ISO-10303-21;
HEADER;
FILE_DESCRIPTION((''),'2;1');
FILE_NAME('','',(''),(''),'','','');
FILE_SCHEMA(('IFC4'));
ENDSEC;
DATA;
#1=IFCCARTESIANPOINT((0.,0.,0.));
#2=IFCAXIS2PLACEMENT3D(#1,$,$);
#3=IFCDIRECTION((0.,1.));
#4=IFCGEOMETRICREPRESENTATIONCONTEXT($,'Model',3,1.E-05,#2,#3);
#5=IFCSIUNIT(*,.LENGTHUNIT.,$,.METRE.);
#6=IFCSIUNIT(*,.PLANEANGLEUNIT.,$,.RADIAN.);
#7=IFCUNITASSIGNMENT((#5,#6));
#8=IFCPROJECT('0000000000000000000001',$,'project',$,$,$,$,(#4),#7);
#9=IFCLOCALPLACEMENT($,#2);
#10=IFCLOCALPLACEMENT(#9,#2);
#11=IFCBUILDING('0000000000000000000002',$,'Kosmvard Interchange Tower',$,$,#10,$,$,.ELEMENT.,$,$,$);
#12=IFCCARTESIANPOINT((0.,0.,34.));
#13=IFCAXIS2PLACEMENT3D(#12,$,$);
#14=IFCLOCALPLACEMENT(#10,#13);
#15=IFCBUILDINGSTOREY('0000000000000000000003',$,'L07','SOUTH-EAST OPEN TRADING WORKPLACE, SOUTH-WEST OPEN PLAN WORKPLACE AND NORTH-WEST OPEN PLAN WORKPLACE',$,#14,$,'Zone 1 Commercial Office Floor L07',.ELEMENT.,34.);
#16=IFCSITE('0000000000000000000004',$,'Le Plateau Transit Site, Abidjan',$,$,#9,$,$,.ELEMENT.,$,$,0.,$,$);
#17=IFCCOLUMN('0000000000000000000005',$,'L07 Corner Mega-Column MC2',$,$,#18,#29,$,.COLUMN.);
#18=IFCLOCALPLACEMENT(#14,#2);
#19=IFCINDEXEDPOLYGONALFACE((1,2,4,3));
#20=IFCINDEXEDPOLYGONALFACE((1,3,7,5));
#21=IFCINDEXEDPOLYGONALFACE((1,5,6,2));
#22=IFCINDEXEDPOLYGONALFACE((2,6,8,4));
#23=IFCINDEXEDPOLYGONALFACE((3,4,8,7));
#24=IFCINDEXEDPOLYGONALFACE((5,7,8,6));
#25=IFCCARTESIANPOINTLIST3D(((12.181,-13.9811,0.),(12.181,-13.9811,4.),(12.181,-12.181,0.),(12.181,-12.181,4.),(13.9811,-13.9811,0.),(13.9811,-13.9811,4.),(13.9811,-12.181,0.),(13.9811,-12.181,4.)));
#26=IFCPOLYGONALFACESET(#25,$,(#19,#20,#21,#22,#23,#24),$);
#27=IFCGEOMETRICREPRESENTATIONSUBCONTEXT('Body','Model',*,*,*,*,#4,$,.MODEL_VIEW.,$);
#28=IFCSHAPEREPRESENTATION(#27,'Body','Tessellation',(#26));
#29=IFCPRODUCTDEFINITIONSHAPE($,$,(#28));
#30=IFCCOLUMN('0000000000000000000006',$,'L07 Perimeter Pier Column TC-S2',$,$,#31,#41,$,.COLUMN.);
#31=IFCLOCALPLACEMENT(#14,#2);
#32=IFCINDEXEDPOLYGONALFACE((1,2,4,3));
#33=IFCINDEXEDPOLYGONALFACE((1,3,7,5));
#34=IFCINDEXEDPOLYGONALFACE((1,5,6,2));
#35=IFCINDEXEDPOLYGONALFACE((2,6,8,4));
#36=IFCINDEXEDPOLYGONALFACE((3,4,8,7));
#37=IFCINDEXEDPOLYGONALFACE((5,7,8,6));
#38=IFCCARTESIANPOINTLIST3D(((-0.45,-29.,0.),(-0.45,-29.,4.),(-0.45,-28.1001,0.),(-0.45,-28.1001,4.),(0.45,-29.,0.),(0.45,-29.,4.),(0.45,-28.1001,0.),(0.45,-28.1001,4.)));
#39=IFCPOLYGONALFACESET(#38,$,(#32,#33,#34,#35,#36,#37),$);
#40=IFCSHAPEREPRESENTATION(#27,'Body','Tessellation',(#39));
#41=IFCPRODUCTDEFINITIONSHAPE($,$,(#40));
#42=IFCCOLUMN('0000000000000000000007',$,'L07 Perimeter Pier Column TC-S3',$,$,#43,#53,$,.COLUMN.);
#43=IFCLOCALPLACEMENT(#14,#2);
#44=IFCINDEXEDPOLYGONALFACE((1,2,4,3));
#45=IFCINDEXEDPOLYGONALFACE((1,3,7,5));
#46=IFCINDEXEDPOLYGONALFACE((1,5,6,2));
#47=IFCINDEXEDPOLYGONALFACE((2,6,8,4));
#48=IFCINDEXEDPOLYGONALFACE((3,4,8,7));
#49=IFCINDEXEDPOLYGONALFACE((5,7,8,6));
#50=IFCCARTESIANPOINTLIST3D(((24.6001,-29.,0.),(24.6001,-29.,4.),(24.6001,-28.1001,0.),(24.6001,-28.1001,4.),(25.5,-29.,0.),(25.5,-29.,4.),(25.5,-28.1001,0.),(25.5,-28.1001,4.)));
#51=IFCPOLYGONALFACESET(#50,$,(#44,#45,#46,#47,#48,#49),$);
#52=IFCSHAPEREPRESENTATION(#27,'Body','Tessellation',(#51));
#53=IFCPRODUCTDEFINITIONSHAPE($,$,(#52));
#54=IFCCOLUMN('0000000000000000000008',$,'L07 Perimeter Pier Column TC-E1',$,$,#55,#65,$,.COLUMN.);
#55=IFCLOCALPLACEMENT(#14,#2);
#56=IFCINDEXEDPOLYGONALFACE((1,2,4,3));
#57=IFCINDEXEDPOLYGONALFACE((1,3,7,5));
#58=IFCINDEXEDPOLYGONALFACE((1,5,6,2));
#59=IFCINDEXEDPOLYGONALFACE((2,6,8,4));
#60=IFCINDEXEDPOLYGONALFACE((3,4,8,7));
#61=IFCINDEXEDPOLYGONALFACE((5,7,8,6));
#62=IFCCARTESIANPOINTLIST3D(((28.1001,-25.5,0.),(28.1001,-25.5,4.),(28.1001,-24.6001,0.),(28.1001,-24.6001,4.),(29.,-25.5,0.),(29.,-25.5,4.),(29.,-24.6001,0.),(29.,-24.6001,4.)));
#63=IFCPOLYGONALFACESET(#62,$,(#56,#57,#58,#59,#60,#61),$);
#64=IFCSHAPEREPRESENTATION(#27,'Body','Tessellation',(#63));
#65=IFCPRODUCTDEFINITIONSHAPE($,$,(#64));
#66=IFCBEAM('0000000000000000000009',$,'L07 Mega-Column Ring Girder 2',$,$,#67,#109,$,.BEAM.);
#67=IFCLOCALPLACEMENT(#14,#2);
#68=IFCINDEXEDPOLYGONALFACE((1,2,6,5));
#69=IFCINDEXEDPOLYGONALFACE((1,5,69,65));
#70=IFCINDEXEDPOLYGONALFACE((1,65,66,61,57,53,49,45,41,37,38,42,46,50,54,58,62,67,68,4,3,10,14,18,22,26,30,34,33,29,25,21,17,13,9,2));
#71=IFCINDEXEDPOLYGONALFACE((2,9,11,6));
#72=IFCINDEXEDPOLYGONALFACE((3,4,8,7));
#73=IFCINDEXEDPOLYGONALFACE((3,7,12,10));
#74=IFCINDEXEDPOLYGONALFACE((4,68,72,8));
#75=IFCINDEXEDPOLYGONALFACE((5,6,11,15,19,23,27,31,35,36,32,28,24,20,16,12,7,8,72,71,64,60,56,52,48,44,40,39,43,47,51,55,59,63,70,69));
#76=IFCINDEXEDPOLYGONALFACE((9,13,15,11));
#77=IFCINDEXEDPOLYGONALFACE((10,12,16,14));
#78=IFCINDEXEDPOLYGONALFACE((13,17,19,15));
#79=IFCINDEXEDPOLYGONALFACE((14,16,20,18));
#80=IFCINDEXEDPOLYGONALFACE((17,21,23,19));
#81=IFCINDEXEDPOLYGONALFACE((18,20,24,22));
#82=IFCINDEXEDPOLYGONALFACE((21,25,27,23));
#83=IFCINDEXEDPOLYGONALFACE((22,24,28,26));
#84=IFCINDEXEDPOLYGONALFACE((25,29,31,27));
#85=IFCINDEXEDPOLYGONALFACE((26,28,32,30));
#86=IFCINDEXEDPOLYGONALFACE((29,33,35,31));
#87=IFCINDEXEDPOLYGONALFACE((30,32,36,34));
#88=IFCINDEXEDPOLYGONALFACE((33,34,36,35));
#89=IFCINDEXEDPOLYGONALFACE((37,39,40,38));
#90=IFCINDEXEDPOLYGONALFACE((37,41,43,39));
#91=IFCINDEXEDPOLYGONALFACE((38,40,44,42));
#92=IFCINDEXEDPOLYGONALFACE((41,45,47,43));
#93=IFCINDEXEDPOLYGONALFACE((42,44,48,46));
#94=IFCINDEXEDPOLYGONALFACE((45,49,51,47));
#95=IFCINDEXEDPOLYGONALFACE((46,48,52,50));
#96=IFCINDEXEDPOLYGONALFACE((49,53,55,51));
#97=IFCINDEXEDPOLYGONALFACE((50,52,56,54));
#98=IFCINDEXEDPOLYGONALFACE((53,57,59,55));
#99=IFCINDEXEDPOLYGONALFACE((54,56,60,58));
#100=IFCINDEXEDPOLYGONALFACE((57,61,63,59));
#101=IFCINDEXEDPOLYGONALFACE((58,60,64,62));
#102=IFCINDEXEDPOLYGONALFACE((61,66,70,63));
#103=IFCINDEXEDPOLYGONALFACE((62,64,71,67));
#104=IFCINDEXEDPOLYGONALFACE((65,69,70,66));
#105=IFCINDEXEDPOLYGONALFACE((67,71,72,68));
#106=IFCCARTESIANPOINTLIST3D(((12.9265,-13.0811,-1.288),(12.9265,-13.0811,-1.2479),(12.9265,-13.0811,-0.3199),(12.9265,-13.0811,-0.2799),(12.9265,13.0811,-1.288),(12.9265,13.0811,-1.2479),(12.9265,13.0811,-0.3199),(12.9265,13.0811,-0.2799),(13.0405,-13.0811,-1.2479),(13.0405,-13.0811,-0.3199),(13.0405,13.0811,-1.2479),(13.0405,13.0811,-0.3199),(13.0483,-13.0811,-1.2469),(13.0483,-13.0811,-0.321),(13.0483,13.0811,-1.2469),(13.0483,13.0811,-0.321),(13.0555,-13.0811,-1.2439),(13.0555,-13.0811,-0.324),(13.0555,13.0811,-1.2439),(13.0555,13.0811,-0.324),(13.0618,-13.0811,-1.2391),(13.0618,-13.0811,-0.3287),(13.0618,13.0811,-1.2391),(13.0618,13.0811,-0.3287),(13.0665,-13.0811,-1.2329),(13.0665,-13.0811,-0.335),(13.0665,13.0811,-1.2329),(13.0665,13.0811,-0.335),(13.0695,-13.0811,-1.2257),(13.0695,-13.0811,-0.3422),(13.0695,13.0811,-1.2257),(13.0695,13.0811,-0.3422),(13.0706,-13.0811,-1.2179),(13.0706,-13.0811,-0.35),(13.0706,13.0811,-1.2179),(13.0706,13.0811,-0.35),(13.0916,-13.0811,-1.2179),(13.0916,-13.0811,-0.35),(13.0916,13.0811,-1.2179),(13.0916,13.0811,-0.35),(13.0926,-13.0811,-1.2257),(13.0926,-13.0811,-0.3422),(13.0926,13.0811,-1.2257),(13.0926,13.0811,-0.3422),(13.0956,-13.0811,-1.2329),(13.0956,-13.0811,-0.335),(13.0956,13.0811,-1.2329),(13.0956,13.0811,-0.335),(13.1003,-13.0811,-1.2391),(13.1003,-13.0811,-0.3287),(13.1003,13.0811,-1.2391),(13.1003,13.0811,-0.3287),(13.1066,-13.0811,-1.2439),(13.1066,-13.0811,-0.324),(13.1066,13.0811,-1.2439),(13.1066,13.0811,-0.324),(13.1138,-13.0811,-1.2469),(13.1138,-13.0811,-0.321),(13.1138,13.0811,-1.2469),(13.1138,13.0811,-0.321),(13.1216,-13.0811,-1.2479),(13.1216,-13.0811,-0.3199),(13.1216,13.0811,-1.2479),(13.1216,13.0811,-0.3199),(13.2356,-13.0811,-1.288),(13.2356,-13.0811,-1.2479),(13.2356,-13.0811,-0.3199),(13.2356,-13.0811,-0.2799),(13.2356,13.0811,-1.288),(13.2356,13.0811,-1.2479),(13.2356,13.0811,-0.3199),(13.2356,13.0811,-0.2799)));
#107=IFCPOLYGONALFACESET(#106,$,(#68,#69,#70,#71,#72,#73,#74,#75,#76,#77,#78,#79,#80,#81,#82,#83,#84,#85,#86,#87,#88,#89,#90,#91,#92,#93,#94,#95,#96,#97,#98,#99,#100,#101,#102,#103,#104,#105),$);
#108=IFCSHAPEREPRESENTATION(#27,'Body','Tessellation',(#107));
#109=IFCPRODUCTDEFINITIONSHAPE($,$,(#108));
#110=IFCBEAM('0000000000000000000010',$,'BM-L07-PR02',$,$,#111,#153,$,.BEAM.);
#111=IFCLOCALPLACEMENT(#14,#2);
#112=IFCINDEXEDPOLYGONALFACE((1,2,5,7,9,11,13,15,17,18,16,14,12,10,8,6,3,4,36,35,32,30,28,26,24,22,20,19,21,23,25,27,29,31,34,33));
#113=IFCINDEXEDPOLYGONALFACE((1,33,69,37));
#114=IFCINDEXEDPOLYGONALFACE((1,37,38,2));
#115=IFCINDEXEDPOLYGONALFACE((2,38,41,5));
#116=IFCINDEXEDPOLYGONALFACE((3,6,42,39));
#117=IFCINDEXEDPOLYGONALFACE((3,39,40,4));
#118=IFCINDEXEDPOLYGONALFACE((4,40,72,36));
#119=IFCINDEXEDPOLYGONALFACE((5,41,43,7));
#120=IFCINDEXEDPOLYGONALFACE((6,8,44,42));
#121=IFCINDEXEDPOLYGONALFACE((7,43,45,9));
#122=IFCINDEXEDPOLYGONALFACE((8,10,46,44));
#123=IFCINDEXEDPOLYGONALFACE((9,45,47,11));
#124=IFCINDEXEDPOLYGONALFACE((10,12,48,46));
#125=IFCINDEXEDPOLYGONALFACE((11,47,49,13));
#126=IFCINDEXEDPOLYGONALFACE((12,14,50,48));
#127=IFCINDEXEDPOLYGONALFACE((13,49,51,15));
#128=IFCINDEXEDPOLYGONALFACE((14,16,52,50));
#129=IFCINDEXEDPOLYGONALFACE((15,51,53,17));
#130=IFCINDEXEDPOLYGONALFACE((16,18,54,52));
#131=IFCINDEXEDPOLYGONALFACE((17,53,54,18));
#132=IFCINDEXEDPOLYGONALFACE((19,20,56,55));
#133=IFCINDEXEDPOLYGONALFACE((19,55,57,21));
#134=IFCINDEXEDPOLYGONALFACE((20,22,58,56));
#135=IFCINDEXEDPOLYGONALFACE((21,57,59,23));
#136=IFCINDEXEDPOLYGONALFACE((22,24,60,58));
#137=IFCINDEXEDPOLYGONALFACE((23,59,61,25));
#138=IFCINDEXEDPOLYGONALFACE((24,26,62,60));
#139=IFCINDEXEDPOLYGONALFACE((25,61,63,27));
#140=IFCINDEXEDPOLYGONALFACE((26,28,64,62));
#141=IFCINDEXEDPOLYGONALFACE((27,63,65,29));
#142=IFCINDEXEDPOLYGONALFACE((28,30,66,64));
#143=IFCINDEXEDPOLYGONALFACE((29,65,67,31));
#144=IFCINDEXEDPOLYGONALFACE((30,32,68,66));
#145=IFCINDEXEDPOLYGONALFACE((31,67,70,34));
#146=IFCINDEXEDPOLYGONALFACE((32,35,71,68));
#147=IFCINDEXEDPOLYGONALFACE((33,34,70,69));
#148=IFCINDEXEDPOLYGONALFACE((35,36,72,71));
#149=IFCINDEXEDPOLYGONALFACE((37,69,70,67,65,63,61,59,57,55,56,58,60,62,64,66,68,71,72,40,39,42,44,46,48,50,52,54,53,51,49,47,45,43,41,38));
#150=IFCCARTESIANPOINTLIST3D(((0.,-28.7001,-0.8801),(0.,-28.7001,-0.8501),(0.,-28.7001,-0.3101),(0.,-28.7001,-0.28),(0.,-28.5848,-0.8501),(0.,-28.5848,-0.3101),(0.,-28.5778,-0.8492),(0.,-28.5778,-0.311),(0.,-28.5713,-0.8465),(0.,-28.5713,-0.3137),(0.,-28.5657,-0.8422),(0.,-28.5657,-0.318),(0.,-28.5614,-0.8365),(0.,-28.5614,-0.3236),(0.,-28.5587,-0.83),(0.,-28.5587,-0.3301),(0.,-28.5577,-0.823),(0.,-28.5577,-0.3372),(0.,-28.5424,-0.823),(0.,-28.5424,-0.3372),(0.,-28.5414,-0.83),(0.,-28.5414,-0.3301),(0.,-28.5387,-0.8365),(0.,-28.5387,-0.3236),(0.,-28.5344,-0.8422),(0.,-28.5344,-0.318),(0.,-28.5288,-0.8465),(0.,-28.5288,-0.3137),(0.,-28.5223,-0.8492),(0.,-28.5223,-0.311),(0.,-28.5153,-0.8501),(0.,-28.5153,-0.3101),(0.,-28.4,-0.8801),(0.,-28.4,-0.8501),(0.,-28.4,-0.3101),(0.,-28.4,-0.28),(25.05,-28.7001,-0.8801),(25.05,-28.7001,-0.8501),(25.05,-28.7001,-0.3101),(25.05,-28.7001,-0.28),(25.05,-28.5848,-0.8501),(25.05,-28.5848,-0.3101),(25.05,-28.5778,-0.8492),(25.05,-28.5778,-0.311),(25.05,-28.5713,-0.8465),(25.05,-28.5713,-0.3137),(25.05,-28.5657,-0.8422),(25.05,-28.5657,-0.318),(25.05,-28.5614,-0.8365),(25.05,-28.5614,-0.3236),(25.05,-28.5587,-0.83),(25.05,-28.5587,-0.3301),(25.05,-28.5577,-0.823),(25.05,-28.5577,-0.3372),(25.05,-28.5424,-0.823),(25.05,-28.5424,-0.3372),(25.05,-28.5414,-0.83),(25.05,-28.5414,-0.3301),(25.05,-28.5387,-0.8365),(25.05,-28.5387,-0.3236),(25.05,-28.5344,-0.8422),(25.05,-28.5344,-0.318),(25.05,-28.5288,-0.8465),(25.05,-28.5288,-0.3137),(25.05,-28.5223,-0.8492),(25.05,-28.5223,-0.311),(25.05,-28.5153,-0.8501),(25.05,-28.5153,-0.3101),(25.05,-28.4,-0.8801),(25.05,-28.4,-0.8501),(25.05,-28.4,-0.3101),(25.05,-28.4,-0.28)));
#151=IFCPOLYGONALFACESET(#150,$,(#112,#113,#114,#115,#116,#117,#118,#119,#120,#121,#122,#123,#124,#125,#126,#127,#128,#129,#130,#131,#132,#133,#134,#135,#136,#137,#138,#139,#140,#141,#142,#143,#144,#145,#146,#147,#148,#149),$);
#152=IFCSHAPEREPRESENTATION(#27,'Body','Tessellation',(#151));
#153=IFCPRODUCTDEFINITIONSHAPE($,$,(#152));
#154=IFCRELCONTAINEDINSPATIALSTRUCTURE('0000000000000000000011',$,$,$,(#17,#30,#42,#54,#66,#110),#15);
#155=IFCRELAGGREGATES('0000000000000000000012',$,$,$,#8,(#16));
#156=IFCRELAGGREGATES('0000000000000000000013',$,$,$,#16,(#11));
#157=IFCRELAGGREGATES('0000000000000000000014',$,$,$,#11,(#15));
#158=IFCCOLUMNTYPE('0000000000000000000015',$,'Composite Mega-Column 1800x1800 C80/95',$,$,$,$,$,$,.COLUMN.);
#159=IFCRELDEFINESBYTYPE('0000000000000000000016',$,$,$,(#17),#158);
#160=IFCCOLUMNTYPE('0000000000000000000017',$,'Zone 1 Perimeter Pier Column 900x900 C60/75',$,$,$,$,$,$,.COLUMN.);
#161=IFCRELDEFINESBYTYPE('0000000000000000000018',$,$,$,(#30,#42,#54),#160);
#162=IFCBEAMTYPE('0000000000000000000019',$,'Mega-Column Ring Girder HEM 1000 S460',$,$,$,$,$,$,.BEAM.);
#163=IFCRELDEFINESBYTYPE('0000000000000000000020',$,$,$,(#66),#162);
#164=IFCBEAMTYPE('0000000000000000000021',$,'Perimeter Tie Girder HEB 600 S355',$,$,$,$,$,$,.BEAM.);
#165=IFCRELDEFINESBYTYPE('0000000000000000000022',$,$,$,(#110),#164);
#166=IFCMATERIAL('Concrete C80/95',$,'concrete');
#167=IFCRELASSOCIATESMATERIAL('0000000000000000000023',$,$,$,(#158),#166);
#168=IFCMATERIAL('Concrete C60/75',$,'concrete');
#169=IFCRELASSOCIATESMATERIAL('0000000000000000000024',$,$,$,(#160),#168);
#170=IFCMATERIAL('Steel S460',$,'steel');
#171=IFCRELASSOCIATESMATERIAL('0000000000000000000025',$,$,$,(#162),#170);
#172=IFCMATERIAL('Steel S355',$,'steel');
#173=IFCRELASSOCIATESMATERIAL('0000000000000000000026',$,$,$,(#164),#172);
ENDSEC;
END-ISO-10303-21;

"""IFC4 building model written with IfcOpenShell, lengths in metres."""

from ifc_helpers import new_model, si_unit, direction, frame, origin, origin_2d, place, context, subcontext, project, spatial, rectangle, i_section, extrude, source, transform, mapped, material, material_profile, profile_set, type_object, element, save


model = new_model("IFC4")

# Units and contexts
model_context = context("Model", 3, precision=1e-05, world=origin(), true_north=direction((0.0, 1.0)))
body_context = subcontext(model_context, "Body", "Model", "MODEL_VIEW")
ifc_project = project(units=[si_unit("LENGTHUNIT", "METRE"), si_unit("PLANEANGLEUNIT", "RADIAN")], contexts=[model_context])

# Site, building, storey
site_placement = place(None, origin())
site = spatial("IfcSite", under=ifc_project, at=site_placement, Name="Le Plateau Transit Site, Abidjan", CompositionType="ELEMENT", RefElevation=0.0)
building_placement = place(site_placement, origin())
building = spatial("IfcBuilding", under=site, at=building_placement, Name="Kosmvard Interchange Tower", CompositionType="ELEMENT")
storey_placement = place(building_placement, frame((0.0, 0.0, 34.0)))
storey = spatial("IfcBuildingStorey", under=building, at=storey_placement, Name="L07", Description="SOUTH-EAST OPEN TRADING WORKPLACE, SOUTH-WEST OPEN PLAN WORKPLACE AND NORTH-WEST OPEN PLAN WORKPLACE", LongName="Zone 1 Commercial Office Floor L07", CompositionType="ELEMENT", Elevation=34.0)

# Columns
ifc_material_1 = material(Name="Concrete C80/95", Category="concrete")
ifc_material_profile_1 = material_profile(ifc_material_1, rectangle(XDim=1.8, YDim=1.8, at=origin_2d()), Name="MC 1800x1800")
ifc_profile_set_1 = profile_set([ifc_material_profile_1], Name="Concrete C80/95")
column_type_1 = type_object("IfcColumnType", Name="Composite Mega-Column 1800x1800 C80/95", PredefinedType="COLUMN", material=ifc_profile_set_1)
shared_shape_1 = source(origin(), body_context, "Body", "SweptSolid", [
    extrude(rectangle(XDim=1.8, YDim=1.8, at=origin_2d()), origin(), (0.0, 0.0, 1.0), 4.0),
])
column_placement = place(storey_placement, frame((13.0811, -13.0811, 0.0), z_axis=(0.0, 0.0, 1.0), x_axis=(1.0, 0.0, 0.0)))
element("IfcColumn", 1, at=column_placement, inside=storey, type_object=column_type_1, Name="L07 Corner Mega-Column MC2", PredefinedType="COLUMN", context=body_context, shape_type="MappedRepresentation", body=[
    mapped(shared_shape_1, transform((0.0, 0.0, 0.0), scale=1.0)),
])
ifc_material_2 = material(Name="Concrete C60/75", Category="concrete")
ifc_material_profile_2 = material_profile(ifc_material_2, rectangle(XDim=0.8999, YDim=0.8999, at=origin_2d()), Name="TC 900x900")
ifc_profile_set_2 = profile_set([ifc_material_profile_2], Name="Concrete C60/75")
column_type_2 = type_object("IfcColumnType", Name="Zone 1 Perimeter Pier Column 900x900 C60/75", PredefinedType="COLUMN", material=ifc_profile_set_2)
shared_shape_2 = source(origin(), body_context, "Body", "SweptSolid", [
    extrude(rectangle(XDim=0.8999, YDim=0.8999, at=origin_2d()), origin(), (0.0, 0.0, 1.0), 4.0),
])
for number, where, z_axis, x_axis, name in (
    (2, (0.0, -28.55, 0.0), (0.0, 0.0, 1.0), (1.0, 0.0, 0.0), "L07 Perimeter Pier Column TC-S2"),
    (3, (25.05, -28.55, 0.0), (0.0, 0.0, 1.0), (1.0, 0.0, 0.0), "L07 Perimeter Pier Column TC-S3"),
    (4, (28.55, -25.05, 0.0), (0.0, 0.0, 1.0), (1.0, 0.0, 0.0), "L07 Perimeter Pier Column TC-E1"),
):
    element("IfcColumn", number, at=place(storey_placement, frame(where, z_axis=z_axis, x_axis=x_axis)), inside=storey, type_object=column_type_2, Name=name, PredefinedType="COLUMN", context=body_context, shape_type="MappedRepresentation", body=[
        mapped(shared_shape_2, transform((0.0, 0.0, 0.0), scale=1.0)),
    ])

# Beams
ifc_material_3 = material(Name="Steel S460", Category="steel")
ifc_material_profile_3 = material_profile(ifc_material_3, i_section(OverallWidth=0.3091, OverallDepth=1.0081, WebThickness=0.021, FlangeThickness=0.04, FilletRadius=0.03, at=origin_2d()), Name="HEM 1000")
ifc_profile_set_3 = profile_set([ifc_material_profile_3], Name="Steel S460")
beam_type_1 = type_object("IfcBeamType", Name="Mega-Column Ring Girder HEM 1000 S460", PredefinedType="BEAM", material=ifc_profile_set_3)
shared_shape_3 = source(origin(), body_context, "Body", "SweptSolid", [
    extrude(i_section(OverallWidth=0.3091, OverallDepth=1.0081, WebThickness=0.021, FlangeThickness=0.04, FilletRadius=0.03, at=origin_2d()), origin(), (0.0, 0.0, 1.0), 26.1621),
])
beam_1_placement = place(storey_placement, frame((13.0811, -13.0811, -0.7839), z_axis=(0.0, 1.0, 0.0), x_axis=(-1.0, 0.0, 0.0)))
element("IfcBeam", 5, at=beam_1_placement, inside=storey, type_object=beam_type_1, Name="L07 Mega-Column Ring Girder 2", PredefinedType="BEAM", context=body_context, shape_type="MappedRepresentation", body=[
    mapped(shared_shape_3, transform((0.0, 0.0, 0.0), scale=1.0)),
])
ifc_material_4 = material(Name="Steel S355", Category="steel")
ifc_material_profile_4 = material_profile(ifc_material_4, i_section(OverallWidth=0.3, OverallDepth=0.6001, WebThickness=0.0154, FlangeThickness=0.03, FilletRadius=0.0271, at=origin_2d()), Name="HEB 600")
ifc_profile_set_4 = profile_set([ifc_material_profile_4], Name="Steel S355")
beam_type_2 = type_object("IfcBeamType", Name="Perimeter Tie Girder HEB 600 S355", PredefinedType="BEAM", material=ifc_profile_set_4)
shared_shape_4 = source(origin(), body_context, "Body", "SweptSolid", [
    extrude(i_section(OverallWidth=0.3, OverallDepth=0.6001, WebThickness=0.0154, FlangeThickness=0.03, FilletRadius=0.0271, at=origin_2d()), origin(), (0.0, 0.0, 1.0), 25.05),
])
for number, where, z_axis, x_axis, name in (
    (6, (0.0, -28.55, -0.5801), (1.0, 0.0, 0.0), (0.0, 1.0, 0.0), "BM-L07-PR02"),
):
    element("IfcBeam", number, at=place(storey_placement, frame(where, z_axis=z_axis, x_axis=x_axis)), inside=storey, type_object=beam_type_2, Name=name, PredefinedType="BEAM", context=body_context, shape_type="MappedRepresentation", body=[
        mapped(shared_shape_4, transform((0.0, 0.0, 0.0), scale=1.0)),
    ])

save(model, "model.ifc")
